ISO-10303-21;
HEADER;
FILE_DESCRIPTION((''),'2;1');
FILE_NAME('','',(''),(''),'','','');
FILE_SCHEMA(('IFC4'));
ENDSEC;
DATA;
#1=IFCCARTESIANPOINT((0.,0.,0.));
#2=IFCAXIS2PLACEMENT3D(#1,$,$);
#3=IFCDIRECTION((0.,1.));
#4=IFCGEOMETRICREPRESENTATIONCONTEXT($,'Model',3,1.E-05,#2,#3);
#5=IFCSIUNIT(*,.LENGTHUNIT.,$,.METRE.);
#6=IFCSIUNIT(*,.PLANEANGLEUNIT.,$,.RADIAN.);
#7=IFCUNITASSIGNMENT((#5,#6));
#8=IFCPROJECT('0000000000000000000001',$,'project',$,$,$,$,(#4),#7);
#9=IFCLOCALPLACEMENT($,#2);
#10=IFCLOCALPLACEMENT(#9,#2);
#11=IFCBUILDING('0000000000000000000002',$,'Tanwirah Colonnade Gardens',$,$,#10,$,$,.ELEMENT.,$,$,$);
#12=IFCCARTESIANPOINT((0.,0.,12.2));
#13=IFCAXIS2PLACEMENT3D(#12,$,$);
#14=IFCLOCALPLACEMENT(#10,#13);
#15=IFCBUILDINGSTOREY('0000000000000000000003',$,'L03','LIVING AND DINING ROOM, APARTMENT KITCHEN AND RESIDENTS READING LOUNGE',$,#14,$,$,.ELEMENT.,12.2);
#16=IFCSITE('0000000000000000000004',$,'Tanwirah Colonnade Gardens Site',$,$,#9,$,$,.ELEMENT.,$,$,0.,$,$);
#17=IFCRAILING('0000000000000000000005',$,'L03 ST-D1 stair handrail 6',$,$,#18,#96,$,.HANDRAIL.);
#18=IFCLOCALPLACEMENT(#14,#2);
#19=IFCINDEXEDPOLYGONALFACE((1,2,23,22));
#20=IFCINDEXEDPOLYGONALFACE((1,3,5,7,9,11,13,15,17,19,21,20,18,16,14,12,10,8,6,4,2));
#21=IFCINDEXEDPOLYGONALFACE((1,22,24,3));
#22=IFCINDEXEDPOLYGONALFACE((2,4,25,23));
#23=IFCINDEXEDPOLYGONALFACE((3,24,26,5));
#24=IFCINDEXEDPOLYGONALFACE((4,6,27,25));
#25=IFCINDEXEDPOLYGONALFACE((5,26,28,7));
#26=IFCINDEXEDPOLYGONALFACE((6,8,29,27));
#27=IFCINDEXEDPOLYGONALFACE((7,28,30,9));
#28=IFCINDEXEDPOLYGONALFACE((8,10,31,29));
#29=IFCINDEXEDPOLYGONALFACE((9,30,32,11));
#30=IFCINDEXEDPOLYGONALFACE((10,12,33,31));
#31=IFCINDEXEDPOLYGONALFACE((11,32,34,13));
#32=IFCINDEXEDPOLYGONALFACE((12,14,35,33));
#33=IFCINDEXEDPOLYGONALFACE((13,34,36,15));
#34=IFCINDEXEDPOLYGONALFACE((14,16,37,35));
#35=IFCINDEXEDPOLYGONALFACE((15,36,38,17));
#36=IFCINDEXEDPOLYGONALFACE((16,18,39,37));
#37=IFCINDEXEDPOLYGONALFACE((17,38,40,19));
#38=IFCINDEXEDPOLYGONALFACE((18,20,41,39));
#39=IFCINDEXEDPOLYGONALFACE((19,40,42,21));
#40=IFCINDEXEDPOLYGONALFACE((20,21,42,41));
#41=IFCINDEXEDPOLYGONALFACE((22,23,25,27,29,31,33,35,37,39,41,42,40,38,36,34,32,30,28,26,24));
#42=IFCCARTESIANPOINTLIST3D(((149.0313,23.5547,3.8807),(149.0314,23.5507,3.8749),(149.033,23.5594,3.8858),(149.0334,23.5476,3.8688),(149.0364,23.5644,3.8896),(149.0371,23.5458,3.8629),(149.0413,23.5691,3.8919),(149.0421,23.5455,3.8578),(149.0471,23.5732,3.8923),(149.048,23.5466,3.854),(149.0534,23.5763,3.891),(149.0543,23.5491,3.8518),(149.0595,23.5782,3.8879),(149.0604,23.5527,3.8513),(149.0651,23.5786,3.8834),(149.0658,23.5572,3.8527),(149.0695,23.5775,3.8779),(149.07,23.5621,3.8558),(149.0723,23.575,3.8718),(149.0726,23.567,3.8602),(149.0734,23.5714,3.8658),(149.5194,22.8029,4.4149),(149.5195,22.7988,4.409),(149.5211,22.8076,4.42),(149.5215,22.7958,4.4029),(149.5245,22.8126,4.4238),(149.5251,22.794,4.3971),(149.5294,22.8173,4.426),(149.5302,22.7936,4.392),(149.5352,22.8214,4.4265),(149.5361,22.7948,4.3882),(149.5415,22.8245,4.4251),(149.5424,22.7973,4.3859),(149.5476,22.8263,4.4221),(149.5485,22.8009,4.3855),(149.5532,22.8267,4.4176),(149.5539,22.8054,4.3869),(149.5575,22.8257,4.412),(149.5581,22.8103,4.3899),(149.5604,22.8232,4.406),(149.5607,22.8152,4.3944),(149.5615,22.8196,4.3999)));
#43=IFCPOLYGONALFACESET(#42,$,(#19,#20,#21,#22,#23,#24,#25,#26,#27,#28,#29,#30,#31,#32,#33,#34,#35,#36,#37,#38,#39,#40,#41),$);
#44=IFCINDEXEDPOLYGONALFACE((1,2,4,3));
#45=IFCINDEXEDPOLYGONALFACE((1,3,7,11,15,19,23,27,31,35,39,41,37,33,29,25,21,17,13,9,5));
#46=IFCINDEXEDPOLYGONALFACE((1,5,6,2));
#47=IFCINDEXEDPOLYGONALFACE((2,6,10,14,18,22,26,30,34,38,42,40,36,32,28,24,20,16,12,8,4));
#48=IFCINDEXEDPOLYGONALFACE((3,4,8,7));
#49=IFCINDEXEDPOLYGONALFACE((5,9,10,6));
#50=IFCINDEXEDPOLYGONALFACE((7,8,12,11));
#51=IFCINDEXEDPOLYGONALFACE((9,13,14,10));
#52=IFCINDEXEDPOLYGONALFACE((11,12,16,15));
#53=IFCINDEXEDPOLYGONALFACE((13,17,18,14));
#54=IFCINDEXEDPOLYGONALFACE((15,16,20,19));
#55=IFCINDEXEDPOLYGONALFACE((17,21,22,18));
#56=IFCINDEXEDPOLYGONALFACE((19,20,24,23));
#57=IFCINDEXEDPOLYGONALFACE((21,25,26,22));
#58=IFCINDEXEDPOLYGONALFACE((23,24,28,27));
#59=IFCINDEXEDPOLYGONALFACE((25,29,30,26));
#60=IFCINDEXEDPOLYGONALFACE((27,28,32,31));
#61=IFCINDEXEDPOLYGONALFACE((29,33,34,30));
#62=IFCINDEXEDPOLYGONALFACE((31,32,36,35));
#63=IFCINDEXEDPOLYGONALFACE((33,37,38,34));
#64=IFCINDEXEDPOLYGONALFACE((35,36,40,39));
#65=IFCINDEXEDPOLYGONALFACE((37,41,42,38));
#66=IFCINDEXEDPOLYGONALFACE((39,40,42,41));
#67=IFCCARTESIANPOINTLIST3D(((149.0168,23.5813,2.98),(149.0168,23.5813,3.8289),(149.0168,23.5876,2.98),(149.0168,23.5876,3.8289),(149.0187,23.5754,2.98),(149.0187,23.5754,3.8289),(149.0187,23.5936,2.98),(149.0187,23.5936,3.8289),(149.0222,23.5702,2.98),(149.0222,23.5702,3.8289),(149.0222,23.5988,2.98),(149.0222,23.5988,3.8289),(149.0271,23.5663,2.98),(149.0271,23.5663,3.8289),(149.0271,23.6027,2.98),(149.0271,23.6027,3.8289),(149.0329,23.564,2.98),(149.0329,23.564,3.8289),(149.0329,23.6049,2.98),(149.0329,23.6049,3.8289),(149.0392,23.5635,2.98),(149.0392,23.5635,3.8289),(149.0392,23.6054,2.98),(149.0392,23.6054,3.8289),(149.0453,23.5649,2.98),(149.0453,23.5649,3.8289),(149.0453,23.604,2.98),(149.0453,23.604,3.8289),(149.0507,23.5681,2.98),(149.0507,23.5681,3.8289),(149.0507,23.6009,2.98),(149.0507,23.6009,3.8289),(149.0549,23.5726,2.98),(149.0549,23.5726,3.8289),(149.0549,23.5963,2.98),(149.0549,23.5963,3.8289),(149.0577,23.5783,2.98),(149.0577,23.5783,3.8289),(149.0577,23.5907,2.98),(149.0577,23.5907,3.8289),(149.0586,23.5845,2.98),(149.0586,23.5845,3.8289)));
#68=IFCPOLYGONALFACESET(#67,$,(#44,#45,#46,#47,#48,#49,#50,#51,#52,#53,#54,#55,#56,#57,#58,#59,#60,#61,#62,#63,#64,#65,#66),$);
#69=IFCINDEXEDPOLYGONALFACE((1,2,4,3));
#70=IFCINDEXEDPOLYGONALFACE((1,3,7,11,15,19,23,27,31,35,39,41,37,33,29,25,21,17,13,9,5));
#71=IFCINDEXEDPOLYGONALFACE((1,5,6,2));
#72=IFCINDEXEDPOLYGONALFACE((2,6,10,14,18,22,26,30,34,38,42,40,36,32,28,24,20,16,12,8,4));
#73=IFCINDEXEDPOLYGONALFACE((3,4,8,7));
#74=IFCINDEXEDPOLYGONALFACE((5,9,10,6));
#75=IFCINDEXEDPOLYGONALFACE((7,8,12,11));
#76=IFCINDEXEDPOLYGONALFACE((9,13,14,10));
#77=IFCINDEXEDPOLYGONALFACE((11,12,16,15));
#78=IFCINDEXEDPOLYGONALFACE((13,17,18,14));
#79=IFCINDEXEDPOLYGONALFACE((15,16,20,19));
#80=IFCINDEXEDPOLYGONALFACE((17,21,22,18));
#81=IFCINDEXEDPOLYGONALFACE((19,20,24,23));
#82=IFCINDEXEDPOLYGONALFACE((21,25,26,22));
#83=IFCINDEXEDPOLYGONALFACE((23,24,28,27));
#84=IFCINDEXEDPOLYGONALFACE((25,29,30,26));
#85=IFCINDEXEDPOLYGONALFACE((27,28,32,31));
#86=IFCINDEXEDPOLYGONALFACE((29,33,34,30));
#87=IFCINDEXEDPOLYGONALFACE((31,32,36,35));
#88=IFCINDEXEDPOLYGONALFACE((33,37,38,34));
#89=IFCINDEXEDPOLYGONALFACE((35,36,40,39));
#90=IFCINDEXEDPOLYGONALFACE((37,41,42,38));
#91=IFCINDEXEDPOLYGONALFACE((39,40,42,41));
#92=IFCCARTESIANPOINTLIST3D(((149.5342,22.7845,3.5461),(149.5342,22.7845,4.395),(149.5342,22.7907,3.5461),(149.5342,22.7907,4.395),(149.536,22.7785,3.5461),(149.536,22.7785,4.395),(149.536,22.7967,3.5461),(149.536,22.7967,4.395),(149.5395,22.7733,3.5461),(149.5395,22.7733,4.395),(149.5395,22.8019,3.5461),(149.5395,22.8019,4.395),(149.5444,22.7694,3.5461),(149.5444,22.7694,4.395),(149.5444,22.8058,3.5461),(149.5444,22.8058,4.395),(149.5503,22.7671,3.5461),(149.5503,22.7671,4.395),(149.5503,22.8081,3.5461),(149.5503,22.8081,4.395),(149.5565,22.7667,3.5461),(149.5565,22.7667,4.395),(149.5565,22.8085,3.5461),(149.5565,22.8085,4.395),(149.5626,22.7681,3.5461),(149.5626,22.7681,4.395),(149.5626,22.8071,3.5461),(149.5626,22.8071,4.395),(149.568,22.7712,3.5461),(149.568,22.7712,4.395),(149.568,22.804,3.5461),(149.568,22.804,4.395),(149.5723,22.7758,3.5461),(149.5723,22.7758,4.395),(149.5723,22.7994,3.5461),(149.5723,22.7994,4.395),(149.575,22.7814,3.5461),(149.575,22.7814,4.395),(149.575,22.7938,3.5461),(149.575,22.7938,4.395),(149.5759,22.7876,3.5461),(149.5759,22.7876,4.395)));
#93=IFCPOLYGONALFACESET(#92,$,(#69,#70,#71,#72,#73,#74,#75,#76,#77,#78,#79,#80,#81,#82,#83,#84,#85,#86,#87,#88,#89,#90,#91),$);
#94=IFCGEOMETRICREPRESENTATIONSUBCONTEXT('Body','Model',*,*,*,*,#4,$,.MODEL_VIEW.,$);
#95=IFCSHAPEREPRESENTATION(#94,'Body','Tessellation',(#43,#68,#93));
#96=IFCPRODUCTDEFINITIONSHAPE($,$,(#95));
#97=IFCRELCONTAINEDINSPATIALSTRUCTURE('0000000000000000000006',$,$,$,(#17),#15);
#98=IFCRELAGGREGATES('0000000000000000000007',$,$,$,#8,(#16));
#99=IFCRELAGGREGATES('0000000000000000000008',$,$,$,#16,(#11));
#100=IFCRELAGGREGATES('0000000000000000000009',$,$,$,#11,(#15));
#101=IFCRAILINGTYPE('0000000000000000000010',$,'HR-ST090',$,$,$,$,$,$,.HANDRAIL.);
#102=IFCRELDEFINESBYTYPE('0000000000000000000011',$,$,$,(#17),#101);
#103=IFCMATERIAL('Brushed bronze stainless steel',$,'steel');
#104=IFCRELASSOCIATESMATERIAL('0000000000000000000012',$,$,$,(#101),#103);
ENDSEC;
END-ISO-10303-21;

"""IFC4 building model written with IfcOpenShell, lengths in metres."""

from ifc_helpers import new_model, si_unit, direction, frame, origin, origin_2d, place, context, subcontext, project, spatial, circle, extrude, material, type_object, element, save


model = new_model("IFC4")

# Units and contexts
model_context = context("Model", 3, precision=1e-05, world=origin(), true_north=direction((0.0, 1.0)))
body_context = subcontext(model_context, "Body", "Model", "MODEL_VIEW")
ifc_project = project(units=[si_unit("LENGTHUNIT", "METRE"), si_unit("PLANEANGLEUNIT", "RADIAN")], contexts=[model_context])

# Site, building, storey
site_placement = place(None, origin())
site = spatial("IfcSite", under=ifc_project, at=site_placement, Name="Tanwirah Colonnade Gardens Site", CompositionType="ELEMENT", RefElevation=0.0)
building_placement = place(site_placement, origin())
building = spatial("IfcBuilding", under=site, at=building_placement, Name="Tanwirah Colonnade Gardens", CompositionType="ELEMENT")
storey_placement = place(building_placement, frame((0.0, 0.0, 12.2)))
storey = spatial("IfcBuildingStorey", under=building, at=storey_placement, Name="L03", Description="LIVING AND DINING ROOM, APARTMENT KITCHEN AND RESIDENTS READING LOUNGE", CompositionType="ELEMENT", Elevation=12.2)

# Railing
ifc_material_1 = material(Name="Brushed bronze stainless steel", Category="steel")
railing_type_1 = type_object("IfcRailingType", Name="HR-ST090", PredefinedType="HANDRAIL", material=ifc_material_1)
railing_1_placement = place(storey_placement, frame((149.0376, 23.5845, 2.98)))
element("IfcRailing", 1, at=railing_1_placement, inside=storey, type_object=railing_type_1, Name="L03 ST-D1 stair handrail 6", PredefinedType="HANDRAIL", context=body_context, shape_type="SweptSolid", body=[
    extrude(circle(Radius=0.0239, at=origin_2d()), frame((0.0146, -0.0225, 0.8918), z_axis=(0.467762, -0.720517, 0.511912), x_axis=(0.838749, 0.544519, 0.0)), (0.0, 0.0, 1.0), 1.0435),
    extrude(circle(Radius=0.021, at=origin_2d()), origin(), (0.0, 0.0, 1.0), 0.8489),
    extrude(circle(Radius=0.021, at=origin_2d()), frame((0.5173, -0.7969, 0.5662)), (0.0, 0.0, 1.0), 0.8489),
])

save(model, "model.ifc")
